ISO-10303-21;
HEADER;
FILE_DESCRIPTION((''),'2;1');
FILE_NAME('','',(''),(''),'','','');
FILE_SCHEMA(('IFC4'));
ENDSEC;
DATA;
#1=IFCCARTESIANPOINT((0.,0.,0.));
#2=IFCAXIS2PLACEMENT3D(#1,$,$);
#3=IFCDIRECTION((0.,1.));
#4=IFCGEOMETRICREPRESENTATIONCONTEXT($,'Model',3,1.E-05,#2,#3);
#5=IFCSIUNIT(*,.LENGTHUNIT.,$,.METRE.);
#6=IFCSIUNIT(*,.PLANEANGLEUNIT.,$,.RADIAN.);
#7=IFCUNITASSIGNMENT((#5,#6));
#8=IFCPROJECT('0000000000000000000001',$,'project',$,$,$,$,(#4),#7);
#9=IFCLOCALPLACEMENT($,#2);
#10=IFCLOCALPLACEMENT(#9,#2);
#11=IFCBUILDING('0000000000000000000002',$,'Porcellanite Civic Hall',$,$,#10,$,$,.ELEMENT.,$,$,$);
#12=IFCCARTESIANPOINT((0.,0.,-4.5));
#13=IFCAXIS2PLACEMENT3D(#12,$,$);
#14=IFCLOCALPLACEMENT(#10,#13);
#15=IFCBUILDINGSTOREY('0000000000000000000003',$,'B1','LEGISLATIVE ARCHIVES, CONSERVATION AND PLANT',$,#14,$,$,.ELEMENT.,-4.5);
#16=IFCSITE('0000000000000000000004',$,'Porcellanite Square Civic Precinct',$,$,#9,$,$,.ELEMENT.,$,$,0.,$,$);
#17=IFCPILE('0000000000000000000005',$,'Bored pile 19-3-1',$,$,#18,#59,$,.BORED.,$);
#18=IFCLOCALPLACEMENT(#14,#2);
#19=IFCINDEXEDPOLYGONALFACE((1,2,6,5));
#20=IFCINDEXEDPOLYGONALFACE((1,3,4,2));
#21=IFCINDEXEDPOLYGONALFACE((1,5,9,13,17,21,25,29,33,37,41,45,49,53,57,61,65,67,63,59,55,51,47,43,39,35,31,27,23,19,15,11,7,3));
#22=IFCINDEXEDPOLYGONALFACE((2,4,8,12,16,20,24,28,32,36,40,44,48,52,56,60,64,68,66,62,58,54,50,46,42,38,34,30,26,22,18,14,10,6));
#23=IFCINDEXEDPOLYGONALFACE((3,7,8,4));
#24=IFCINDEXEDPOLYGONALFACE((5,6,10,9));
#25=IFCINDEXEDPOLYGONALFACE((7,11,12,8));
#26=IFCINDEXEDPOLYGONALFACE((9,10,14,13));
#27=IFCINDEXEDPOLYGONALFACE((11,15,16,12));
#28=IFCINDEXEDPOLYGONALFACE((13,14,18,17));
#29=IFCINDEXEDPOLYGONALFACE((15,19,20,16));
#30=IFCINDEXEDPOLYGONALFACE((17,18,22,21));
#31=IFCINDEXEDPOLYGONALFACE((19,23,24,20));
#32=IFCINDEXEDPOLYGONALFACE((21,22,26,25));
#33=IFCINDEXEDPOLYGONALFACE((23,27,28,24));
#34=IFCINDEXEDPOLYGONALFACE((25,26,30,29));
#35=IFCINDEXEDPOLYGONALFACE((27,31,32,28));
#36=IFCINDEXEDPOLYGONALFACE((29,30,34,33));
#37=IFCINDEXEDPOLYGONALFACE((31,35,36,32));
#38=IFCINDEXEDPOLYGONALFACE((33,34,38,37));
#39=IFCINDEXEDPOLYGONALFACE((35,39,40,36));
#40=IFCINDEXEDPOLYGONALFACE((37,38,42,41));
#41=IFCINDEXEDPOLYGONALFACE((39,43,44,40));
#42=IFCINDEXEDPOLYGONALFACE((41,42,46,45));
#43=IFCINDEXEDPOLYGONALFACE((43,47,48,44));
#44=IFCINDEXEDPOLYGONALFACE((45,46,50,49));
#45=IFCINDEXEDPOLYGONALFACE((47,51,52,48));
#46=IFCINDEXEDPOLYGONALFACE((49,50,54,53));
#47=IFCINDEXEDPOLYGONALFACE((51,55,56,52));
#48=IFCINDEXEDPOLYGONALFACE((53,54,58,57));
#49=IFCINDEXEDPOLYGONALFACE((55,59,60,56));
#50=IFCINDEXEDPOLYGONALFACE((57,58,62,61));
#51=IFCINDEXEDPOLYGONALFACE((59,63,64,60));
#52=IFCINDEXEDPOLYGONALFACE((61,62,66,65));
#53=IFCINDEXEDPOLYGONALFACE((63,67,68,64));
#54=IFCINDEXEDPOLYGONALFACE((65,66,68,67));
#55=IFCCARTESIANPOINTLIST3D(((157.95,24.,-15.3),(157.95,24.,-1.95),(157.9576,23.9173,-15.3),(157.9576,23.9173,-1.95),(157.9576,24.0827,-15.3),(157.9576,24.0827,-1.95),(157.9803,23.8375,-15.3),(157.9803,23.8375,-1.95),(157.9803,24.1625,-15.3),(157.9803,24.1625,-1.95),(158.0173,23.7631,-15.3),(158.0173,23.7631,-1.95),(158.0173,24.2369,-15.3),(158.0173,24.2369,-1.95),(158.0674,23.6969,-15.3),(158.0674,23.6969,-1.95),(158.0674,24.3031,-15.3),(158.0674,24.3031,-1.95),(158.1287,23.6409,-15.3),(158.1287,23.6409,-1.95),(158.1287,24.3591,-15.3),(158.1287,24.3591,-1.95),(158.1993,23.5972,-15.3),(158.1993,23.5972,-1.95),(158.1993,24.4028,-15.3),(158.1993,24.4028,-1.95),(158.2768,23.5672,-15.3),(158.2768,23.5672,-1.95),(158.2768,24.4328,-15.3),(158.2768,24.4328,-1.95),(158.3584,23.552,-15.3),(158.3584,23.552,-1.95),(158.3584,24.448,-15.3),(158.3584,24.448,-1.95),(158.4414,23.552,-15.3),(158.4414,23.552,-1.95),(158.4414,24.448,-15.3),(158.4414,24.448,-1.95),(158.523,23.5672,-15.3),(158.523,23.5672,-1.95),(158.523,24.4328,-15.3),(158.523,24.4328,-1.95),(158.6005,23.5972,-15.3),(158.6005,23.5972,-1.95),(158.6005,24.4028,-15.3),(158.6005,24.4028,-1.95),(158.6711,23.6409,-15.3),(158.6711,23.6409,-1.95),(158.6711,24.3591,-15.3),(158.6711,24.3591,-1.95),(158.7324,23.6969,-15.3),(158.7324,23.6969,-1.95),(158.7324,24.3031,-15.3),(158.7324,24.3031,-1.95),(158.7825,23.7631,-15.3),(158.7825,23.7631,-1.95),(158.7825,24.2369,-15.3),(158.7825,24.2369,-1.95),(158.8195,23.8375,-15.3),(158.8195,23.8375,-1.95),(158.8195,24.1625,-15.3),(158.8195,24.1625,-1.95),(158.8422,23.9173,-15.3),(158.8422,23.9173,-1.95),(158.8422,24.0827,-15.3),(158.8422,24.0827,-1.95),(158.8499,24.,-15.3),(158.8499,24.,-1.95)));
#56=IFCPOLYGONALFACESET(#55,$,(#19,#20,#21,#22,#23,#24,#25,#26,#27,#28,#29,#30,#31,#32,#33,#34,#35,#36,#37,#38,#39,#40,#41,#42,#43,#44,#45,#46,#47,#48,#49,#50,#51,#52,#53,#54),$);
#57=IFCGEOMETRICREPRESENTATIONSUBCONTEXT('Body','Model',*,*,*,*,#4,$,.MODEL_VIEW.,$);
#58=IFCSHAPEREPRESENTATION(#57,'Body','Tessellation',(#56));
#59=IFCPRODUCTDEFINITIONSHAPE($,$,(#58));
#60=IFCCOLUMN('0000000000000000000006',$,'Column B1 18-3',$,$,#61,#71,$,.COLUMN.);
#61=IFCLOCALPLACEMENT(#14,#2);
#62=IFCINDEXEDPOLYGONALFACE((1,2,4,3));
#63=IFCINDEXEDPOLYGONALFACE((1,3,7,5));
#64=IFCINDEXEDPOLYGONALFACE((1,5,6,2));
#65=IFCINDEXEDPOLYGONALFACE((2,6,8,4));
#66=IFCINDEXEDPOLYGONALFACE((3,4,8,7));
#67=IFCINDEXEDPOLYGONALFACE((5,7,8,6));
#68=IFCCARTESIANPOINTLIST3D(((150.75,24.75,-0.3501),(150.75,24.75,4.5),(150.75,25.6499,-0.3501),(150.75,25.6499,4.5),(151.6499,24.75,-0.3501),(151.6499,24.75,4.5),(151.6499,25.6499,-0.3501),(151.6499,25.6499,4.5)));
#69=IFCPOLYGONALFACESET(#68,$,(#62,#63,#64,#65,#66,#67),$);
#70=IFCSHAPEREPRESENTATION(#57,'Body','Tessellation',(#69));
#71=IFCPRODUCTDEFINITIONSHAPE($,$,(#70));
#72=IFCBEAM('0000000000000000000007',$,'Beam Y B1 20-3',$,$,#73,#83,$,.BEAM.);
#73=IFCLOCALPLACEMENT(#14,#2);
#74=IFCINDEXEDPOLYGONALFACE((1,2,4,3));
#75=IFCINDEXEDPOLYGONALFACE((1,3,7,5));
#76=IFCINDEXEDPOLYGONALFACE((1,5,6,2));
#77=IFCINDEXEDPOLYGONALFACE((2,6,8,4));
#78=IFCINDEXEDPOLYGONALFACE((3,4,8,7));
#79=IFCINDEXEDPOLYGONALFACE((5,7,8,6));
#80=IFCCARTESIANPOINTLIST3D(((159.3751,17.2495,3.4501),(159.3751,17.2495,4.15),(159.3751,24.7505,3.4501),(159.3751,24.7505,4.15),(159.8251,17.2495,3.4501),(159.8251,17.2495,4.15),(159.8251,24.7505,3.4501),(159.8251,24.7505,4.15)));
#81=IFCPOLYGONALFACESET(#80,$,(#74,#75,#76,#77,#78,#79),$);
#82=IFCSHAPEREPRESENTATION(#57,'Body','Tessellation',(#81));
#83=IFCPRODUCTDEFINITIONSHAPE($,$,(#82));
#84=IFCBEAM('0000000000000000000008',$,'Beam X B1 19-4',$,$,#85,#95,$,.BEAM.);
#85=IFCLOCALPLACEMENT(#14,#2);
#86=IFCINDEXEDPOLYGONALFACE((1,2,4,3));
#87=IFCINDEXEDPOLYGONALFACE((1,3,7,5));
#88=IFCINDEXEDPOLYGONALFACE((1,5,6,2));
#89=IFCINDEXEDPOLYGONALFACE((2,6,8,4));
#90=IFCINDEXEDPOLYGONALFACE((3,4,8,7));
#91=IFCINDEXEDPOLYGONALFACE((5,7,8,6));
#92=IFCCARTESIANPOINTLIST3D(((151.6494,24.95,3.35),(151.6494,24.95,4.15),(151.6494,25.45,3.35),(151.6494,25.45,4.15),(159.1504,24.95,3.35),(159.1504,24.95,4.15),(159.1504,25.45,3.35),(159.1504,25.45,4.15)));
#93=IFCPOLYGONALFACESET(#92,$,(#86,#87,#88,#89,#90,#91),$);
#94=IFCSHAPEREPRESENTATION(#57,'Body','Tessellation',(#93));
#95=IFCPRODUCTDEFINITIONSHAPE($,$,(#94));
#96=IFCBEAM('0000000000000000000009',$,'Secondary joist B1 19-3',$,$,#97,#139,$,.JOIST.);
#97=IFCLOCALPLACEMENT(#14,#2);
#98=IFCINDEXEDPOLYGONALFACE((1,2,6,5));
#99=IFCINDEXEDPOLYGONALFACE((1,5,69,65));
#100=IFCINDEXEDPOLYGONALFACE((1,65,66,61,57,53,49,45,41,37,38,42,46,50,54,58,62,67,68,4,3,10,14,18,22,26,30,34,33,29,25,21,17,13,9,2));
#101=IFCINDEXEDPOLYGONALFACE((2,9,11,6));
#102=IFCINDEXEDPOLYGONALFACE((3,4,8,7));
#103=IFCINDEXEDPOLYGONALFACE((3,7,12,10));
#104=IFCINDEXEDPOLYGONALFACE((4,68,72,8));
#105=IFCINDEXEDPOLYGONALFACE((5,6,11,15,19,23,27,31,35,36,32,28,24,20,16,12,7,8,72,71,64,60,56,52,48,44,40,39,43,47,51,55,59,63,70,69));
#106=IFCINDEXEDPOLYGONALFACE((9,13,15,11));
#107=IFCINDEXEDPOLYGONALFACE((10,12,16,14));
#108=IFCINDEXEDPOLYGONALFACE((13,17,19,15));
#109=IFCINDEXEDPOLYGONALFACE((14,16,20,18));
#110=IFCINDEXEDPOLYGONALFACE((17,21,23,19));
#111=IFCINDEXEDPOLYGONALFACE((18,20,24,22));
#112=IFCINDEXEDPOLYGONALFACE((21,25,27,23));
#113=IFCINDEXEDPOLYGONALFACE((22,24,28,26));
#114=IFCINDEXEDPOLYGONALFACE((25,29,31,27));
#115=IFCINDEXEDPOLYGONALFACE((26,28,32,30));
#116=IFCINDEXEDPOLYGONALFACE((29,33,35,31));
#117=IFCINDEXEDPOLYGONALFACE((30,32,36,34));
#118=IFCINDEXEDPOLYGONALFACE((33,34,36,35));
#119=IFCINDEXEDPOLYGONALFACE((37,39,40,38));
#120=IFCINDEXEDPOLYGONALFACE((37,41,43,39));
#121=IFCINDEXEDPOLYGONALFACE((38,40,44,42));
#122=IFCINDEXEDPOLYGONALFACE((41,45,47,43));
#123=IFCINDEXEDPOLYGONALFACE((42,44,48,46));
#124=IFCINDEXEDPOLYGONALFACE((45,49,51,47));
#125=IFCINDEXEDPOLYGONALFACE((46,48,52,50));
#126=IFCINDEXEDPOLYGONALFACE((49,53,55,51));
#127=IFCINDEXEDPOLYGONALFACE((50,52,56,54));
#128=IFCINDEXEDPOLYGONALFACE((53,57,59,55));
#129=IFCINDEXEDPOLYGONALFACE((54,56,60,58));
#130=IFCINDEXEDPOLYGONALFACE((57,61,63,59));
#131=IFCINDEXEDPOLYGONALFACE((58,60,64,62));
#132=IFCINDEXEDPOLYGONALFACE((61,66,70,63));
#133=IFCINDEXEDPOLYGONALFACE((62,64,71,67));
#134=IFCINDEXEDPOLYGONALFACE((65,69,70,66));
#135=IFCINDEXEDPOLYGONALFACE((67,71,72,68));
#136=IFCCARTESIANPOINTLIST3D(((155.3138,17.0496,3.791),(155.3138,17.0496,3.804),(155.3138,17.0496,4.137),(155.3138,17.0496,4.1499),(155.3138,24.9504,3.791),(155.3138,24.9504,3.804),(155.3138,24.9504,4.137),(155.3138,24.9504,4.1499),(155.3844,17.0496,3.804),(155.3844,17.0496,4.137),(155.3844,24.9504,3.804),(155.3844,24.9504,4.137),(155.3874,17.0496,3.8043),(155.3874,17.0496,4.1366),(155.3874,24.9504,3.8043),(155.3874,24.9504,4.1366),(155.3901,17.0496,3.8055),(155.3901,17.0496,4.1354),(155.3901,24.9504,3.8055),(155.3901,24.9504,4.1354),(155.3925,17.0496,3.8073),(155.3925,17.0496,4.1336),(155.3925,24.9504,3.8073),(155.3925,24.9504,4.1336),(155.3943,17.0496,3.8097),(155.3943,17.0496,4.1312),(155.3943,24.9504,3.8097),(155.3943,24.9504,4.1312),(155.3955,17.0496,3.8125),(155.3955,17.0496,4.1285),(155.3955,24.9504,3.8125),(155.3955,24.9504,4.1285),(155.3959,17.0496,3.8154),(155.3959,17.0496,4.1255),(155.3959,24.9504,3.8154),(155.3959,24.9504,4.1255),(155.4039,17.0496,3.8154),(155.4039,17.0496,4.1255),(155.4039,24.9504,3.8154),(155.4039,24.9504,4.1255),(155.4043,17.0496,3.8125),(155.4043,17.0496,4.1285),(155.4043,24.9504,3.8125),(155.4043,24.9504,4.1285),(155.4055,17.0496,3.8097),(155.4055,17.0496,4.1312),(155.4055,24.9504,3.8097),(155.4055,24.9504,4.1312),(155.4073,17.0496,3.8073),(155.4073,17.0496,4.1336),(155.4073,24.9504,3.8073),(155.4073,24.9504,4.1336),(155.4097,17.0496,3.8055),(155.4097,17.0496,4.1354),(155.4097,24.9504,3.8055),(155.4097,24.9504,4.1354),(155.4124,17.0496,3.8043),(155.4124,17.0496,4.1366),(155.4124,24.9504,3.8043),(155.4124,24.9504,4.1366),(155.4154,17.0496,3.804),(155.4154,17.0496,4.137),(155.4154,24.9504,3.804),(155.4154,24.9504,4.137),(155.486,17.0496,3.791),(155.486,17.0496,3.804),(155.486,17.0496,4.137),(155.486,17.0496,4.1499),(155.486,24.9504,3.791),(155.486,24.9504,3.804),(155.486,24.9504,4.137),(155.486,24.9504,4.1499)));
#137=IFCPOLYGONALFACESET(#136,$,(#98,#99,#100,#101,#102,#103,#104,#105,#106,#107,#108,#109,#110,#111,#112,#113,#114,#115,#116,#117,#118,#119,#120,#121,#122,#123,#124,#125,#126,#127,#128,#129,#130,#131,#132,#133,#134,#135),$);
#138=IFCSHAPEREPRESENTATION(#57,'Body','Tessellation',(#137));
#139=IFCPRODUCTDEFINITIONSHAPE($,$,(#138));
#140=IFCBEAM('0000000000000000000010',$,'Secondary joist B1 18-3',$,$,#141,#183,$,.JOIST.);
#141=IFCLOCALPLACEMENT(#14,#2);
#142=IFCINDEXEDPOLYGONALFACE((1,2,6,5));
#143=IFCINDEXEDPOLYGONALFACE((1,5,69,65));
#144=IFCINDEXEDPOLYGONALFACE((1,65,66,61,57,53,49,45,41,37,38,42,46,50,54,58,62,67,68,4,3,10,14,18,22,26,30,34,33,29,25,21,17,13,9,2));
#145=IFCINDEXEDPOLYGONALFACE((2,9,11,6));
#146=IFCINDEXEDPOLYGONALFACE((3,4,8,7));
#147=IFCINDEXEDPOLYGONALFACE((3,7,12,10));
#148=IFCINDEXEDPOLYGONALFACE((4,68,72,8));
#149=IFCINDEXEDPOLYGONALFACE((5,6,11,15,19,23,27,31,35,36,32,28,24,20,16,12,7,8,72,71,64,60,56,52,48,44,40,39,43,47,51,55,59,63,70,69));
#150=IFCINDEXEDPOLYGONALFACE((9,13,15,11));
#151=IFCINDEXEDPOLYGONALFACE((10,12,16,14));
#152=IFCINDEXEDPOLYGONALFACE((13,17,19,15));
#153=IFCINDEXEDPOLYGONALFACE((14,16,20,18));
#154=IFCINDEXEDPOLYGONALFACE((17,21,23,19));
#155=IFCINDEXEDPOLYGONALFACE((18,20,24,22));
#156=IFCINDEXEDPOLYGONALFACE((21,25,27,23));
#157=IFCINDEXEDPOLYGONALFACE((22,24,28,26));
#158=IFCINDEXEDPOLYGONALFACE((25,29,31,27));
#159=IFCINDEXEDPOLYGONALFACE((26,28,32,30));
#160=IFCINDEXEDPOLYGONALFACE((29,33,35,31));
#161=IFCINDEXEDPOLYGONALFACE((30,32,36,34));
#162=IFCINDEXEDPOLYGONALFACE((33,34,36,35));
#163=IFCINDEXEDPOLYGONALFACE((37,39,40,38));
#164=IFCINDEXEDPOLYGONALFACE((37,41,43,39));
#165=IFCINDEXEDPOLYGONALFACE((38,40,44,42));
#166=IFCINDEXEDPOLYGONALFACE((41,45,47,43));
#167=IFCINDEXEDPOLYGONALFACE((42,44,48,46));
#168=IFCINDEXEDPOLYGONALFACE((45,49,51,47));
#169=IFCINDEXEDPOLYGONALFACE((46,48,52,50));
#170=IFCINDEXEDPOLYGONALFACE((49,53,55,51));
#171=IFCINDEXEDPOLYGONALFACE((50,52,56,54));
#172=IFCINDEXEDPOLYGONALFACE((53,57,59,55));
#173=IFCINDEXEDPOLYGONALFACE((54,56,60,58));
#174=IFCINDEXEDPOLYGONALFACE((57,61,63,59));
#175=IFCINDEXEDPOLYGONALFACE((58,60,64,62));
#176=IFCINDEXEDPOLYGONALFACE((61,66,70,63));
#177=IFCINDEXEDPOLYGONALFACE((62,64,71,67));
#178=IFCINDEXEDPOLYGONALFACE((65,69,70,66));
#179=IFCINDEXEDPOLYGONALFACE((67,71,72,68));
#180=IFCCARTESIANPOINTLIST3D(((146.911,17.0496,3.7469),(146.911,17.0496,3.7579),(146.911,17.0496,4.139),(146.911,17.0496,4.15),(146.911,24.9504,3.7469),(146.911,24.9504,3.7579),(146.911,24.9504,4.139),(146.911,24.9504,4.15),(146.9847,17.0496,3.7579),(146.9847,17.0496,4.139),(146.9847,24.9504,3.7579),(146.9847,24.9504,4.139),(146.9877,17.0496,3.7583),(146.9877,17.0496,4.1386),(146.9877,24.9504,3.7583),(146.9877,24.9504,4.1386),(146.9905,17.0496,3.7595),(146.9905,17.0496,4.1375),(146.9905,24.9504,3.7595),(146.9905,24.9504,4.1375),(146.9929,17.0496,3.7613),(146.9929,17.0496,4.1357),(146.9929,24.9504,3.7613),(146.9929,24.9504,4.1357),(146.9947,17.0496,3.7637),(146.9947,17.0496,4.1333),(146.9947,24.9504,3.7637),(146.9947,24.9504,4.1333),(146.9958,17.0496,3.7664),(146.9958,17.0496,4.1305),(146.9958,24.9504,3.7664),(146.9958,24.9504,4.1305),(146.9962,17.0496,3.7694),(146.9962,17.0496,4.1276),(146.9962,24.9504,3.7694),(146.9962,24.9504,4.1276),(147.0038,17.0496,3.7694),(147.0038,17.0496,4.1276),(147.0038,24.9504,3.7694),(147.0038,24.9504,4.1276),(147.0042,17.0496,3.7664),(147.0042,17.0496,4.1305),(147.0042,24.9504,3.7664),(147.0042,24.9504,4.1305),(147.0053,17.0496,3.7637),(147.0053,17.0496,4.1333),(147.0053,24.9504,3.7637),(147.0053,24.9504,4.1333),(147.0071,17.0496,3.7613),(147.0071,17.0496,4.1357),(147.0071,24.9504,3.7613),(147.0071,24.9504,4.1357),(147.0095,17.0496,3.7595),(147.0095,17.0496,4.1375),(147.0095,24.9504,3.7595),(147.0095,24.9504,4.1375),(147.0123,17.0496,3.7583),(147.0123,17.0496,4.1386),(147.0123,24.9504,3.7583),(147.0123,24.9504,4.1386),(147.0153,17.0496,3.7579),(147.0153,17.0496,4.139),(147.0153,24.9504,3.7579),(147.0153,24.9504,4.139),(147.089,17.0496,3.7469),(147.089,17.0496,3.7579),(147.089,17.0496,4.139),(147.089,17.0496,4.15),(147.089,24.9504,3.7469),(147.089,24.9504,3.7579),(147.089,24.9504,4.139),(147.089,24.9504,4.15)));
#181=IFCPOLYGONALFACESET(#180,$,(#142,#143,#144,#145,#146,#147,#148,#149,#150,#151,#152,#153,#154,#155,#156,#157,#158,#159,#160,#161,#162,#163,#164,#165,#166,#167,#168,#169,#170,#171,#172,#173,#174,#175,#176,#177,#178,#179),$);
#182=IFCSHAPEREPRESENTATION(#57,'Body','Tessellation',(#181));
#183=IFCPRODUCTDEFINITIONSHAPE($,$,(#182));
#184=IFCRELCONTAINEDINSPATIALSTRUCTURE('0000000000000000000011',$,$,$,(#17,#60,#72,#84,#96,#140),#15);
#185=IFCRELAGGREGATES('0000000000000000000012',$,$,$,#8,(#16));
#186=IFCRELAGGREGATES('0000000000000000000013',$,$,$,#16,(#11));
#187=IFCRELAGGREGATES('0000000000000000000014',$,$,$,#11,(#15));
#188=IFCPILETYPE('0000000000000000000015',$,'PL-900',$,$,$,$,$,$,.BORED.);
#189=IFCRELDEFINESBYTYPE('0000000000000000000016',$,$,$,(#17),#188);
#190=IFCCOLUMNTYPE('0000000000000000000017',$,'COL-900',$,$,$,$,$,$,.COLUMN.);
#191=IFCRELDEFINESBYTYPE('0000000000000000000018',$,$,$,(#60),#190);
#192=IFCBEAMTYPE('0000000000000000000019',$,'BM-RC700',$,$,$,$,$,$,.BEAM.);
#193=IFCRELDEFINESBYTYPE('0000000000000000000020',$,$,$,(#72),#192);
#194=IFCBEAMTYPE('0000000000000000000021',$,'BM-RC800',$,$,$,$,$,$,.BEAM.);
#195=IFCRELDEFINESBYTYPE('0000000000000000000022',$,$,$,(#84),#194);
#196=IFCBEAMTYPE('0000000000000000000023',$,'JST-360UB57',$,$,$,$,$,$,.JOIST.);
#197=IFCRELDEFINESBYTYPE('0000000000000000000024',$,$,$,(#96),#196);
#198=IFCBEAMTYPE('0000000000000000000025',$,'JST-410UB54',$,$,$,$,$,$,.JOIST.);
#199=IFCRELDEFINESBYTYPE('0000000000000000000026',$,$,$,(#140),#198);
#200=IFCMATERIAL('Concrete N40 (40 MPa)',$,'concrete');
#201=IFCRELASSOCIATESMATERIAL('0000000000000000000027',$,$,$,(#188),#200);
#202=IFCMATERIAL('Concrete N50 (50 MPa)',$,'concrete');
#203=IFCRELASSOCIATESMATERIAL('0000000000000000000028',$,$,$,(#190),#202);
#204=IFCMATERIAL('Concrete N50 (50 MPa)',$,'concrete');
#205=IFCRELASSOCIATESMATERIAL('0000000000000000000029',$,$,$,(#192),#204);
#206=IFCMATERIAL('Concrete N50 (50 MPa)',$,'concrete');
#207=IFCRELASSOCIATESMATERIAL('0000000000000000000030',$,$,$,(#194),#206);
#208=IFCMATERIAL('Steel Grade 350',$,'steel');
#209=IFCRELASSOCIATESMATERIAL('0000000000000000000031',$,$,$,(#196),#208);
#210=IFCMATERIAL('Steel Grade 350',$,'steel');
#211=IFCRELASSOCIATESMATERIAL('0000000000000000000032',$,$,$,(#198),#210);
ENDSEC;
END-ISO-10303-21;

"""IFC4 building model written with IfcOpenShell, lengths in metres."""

from ifc_helpers import new_model, si_unit, direction, frame, origin, origin_2d, place, context, subcontext, project, spatial, rectangle, circle, i_section, extrude, material, material_profile, profile_set, type_object, element, save


model = new_model("IFC4")

# Units and contexts
model_context = context("Model", 3, precision=1e-05, world=origin(), true_north=direction((0.0, 1.0)))
body_context = subcontext(model_context, "Body", "Model", "MODEL_VIEW")
ifc_project = project(units=[si_unit("LENGTHUNIT", "METRE"), si_unit("PLANEANGLEUNIT", "RADIAN")], contexts=[model_context])

# Site, building, storey
site_placement = place(None, origin())
site = spatial("IfcSite", under=ifc_project, at=site_placement, Name="Porcellanite Square Civic Precinct", CompositionType="ELEMENT", RefElevation=0.0)
building_placement = place(site_placement, origin())
building = spatial("IfcBuilding", under=site, at=building_placement, Name="Porcellanite Civic Hall", CompositionType="ELEMENT")
storey_placement = place(building_placement, frame((0.0, 0.0, -4.5)))
storey = spatial("IfcBuildingStorey", under=building, at=storey_placement, Name="B1", Description="LEGISLATIVE ARCHIVES, CONSERVATION AND PLANT", CompositionType="ELEMENT", Elevation=-4.5)

# Pile
ifc_material_1 = material(Name="Concrete N40 (40 MPa)", Category="concrete")
ifc_material_profile_1 = material_profile(ifc_material_1, circle(Radius=0.45, at=origin_2d()), Name="PILE-D900")
ifc_profile_set_1 = profile_set([ifc_material_profile_1], Name="Concrete N40 (40 MPa)")
pile_type = type_object("IfcPileType", Name="PL-900", PredefinedType="BORED", material=ifc_profile_set_1)
for number, where, z_axis, x_axis, name in (
    (1, (158.3999, 24.0, -1.95), (0.0, 0.0, -1.0), (1.0, 0.0, 0.0), "Bored pile 19-3-1"),
):
    element("IfcPile", number, at=place(storey_placement, frame(where, z_axis=z_axis, x_axis=x_axis)), inside=storey, type_object=pile_type, Name=name, PredefinedType="BORED", context=body_context, shape_type="SweptSolid", body=[
        extrude(circle(Radius=0.45, at=origin_2d()), origin(), (0.0, 0.0, 1.0), 13.3501),
    ])

# Column
ifc_material_2 = material(Name="Concrete N50 (50 MPa)", Category="concrete")
ifc_material_profile_2 = material_profile(ifc_material_2, rectangle(XDim=0.8999, YDim=0.8999, at=origin_2d()), Name="RC-900x900")
ifc_profile_set_2 = profile_set([ifc_material_profile_2], Name="Concrete N50 (50 MPa)")
column_type = type_object("IfcColumnType", Name="COL-900", PredefinedType="COLUMN", material=ifc_profile_set_2)
column_placement = place(storey_placement, frame((151.2, 25.2, -0.3501), z_axis=(0.0, 0.0, 1.0), x_axis=(1.0, 0.0, 0.0)))
element("IfcColumn", 2, at=column_placement, inside=storey, type_object=column_type, Name="Column B1 18-3", PredefinedType="COLUMN", context=body_context, shape_type="SweptSolid", body=[
    extrude(rectangle(XDim=0.8999, YDim=0.8999, at=origin_2d()), origin(), (0.0, 0.0, 1.0), 4.8501),
])

# Beams
ifc_material_3 = material(Name="Concrete N50 (50 MPa)", Category="concrete")
ifc_material_profile_3 = material_profile(ifc_material_3, rectangle(XDim=0.45, YDim=0.7, at=origin_2d()), Name="RC-450x700")
ifc_profile_set_3 = profile_set([ifc_material_profile_3], Name="Concrete N50 (50 MPa)")
beam_type_1 = type_object("IfcBeamType", Name="BM-RC700", PredefinedType="BEAM", material=ifc_profile_set_3)
beam_1_placement = place(storey_placement, frame((159.6001, 17.2495, 3.8), z_axis=(0.0, 1.0, 0.0), x_axis=(-1.0, 0.0, 0.0)))
element("IfcBeam", 3, at=beam_1_placement, inside=storey, type_object=beam_type_1, Name="Beam Y B1 20-3", PredefinedType="BEAM", context=body_context, shape_type="SweptSolid", body=[
    extrude(rectangle(XDim=0.45, YDim=0.7, at=origin_2d()), origin(), (0.0, 0.0, 1.0), 7.501),
])
ifc_material_4 = material(Name="Concrete N50 (50 MPa)", Category="concrete")
ifc_material_profile_4 = material_profile(ifc_material_4, rectangle(XDim=0.5, YDim=0.8, at=origin_2d()), Name="RC-500x800")
ifc_profile_set_4 = profile_set([ifc_material_profile_4], Name="Concrete N50 (50 MPa)")
beam_type_2 = type_object("IfcBeamType", Name="BM-RC800", PredefinedType="BEAM", material=ifc_profile_set_4)
beam_2_placement = place(storey_placement, frame((151.6494, 25.2, 3.75), z_axis=(1.0, 0.0, 0.0), x_axis=(0.0, 1.0, 0.0)))
element("IfcBeam", 4, at=beam_2_placement, inside=storey, type_object=beam_type_2, Name="Beam X B1 19-4", PredefinedType="BEAM", context=body_context, shape_type="SweptSolid", body=[
    extrude(rectangle(XDim=0.5, YDim=0.8, at=origin_2d()), origin(), (0.0, 0.0, 1.0), 7.501),
])
ifc_material_5 = material(Name="Steel Grade 350", Category="steel")
ifc_material_profile_5 = material_profile(ifc_material_5, i_section(OverallWidth=0.1721, OverallDepth=0.3589, WebThickness=0.0081, FlangeThickness=0.0129, FilletRadius=0.0115, at=origin_2d()), Name="360UB56.7")
ifc_profile_set_5 = profile_set([ifc_material_profile_5], Name="Steel Grade 350")
beam_type_3 = type_object("IfcBeamType", Name="JST-360UB57", PredefinedType="JOIST", material=ifc_profile_set_5)
beam_3_placement = place(storey_placement, frame((155.3999, 17.0496, 3.9705), z_axis=(0.0, 1.0, 0.0), x_axis=(-1.0, 0.0, 0.0)))
element("IfcBeam", 5, at=beam_3_placement, inside=storey, type_object=beam_type_3, Name="Secondary joist B1 19-3", PredefinedType="JOIST", context=body_context, shape_type="SweptSolid", body=[
    extrude(i_section(OverallWidth=0.1721, OverallDepth=0.3589, WebThickness=0.0081, FlangeThickness=0.0129, FilletRadius=0.0115, at=origin_2d()), origin(), (0.0, 0.0, 1.0), 7.9009),
])
ifc_material_6 = material(Name="Steel Grade 350", Category="steel")
ifc_material_profile_6 = material_profile(ifc_material_6, i_section(OverallWidth=0.178, OverallDepth=0.4031, WebThickness=0.0076, FlangeThickness=0.011, FilletRadius=0.0115, at=origin_2d()), Name="410UB53.7")
ifc_profile_set_6 = profile_set([ifc_material_profile_6], Name="Steel Grade 350")
beam_type_4 = type_object("IfcBeamType", Name="JST-410UB54", PredefinedType="JOIST", material=ifc_profile_set_6)
beam_4_placement = place(storey_placement, frame((147.0, 17.0496, 3.9485), z_axis=(0.0, 1.0, 0.0), x_axis=(-1.0, 0.0, 0.0)))
element("IfcBeam", 6, at=beam_4_placement, inside=storey, type_object=beam_type_4, Name="Secondary joist B1 18-3", PredefinedType="JOIST", context=body_context, shape_type="SweptSolid", body=[
    extrude(i_section(OverallWidth=0.178, OverallDepth=0.4031, WebThickness=0.0076, FlangeThickness=0.011, FilletRadius=0.0115, at=origin_2d()), origin(), (0.0, 0.0, 1.0), 7.9009),
])

save(model, "model.ifc")
